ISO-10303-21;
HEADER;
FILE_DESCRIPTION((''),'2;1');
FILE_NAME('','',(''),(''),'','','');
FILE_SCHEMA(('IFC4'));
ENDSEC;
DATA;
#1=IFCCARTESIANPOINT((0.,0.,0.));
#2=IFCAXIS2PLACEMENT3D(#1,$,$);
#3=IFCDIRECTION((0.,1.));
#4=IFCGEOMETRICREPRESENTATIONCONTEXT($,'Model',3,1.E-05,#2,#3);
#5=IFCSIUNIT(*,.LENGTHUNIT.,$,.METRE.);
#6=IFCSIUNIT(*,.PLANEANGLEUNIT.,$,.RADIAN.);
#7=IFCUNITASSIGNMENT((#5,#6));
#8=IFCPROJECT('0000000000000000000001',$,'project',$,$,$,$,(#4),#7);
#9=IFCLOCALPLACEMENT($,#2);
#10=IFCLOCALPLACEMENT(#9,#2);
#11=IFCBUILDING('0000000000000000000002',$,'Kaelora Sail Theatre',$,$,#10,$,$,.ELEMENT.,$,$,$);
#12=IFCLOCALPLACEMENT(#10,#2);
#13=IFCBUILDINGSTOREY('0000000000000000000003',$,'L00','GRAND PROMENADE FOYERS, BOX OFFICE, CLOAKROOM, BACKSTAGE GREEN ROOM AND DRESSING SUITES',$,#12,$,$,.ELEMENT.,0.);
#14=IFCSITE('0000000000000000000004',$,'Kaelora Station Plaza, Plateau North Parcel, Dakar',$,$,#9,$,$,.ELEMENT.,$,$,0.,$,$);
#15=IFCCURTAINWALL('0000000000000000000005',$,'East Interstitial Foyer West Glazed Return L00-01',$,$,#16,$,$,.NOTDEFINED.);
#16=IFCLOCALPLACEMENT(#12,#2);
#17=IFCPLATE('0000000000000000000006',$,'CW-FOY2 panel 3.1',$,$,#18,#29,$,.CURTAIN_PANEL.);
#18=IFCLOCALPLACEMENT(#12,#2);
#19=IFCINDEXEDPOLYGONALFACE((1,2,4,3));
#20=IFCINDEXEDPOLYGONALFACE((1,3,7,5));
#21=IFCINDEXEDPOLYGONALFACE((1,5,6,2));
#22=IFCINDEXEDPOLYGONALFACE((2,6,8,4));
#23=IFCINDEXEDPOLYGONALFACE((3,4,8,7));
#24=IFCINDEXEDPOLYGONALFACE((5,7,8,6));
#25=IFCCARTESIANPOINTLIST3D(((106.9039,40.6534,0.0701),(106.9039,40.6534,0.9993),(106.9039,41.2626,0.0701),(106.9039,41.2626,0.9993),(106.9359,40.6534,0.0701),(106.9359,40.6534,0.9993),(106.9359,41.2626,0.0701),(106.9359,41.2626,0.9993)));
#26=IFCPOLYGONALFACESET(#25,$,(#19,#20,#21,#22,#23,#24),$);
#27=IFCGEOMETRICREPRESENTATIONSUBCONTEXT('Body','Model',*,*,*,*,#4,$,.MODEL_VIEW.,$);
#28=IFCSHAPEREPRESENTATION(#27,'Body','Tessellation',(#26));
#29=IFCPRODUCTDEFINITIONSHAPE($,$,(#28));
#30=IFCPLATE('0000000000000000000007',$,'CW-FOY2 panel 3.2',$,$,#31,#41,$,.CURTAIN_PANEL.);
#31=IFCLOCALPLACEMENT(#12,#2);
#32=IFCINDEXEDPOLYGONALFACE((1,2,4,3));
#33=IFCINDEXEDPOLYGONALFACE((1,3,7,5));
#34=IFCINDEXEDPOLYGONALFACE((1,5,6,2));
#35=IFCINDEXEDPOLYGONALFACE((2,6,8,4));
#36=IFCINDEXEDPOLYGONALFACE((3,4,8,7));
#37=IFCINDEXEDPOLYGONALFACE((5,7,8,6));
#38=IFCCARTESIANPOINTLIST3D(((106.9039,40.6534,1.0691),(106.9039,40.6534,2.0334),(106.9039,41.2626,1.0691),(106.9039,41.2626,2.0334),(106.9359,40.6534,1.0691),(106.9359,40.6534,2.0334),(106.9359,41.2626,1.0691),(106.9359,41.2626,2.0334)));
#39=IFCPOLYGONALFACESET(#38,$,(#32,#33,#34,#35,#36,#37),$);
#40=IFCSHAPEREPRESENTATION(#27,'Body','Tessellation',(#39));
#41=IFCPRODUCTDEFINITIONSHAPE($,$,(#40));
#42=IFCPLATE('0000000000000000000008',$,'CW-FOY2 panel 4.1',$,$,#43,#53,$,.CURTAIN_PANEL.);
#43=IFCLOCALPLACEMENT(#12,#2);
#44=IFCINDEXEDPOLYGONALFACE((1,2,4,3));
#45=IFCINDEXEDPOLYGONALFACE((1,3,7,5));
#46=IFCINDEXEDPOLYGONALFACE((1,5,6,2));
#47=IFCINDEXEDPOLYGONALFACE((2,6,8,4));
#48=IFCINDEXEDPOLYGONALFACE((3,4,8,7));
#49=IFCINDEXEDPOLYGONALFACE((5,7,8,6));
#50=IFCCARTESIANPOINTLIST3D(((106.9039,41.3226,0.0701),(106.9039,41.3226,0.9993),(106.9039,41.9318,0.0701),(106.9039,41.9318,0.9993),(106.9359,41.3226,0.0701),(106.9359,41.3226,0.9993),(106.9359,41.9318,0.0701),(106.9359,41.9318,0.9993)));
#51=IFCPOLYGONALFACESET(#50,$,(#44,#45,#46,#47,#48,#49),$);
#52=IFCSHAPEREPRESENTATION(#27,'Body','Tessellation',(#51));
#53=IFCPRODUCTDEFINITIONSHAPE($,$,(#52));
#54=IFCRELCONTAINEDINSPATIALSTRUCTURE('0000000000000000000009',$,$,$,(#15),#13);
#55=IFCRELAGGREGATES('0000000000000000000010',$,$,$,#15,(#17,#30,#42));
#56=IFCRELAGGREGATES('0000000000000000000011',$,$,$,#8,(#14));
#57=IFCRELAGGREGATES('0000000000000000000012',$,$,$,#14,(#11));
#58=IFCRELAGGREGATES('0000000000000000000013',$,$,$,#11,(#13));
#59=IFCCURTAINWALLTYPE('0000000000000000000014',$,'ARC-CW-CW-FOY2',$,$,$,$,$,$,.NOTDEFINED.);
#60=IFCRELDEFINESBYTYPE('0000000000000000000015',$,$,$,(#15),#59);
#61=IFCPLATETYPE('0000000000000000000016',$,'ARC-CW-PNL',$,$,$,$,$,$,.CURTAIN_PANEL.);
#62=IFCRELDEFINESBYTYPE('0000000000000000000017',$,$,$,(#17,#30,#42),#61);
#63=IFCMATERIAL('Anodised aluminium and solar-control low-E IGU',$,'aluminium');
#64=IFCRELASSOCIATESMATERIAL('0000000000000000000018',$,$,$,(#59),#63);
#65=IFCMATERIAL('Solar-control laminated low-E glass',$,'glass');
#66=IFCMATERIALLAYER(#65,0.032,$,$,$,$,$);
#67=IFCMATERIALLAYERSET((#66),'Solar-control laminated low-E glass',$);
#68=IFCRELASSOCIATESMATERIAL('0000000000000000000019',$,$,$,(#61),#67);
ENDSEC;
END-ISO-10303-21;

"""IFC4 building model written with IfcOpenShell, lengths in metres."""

from ifc_helpers import new_model, si_unit, direction, frame, origin, origin_2d, place, context, subcontext, project, spatial, rectangle, extrude, material, layer, layer_set, type_object, element, aggregate, save


model = new_model("IFC4")

# Units and contexts
model_context = context("Model", 3, precision=1e-05, world=origin(), true_north=direction((0.0, 1.0)))
body_context = subcontext(model_context, "Body", "Model", "MODEL_VIEW")
ifc_project = project(units=[si_unit("LENGTHUNIT", "METRE"), si_unit("PLANEANGLEUNIT", "RADIAN")], contexts=[model_context])

# Site, building, storey
site_placement = place(None, origin())
site = spatial("IfcSite", under=ifc_project, at=site_placement, Name="Kaelora Station Plaza, Plateau North Parcel, Dakar", CompositionType="ELEMENT", RefElevation=0.0)
building_placement = place(site_placement, origin())
building = spatial("IfcBuilding", under=site, at=building_placement, Name="Kaelora Sail Theatre", CompositionType="ELEMENT")
storey_placement = place(building_placement, origin())
storey = spatial("IfcBuildingStorey", under=building, at=storey_placement, Name="L00", Description="GRAND PROMENADE FOYERS, BOX OFFICE, CLOAKROOM, BACKSTAGE GREEN ROOM AND DRESSING SUITES", CompositionType="ELEMENT", Elevation=0.0)

# Curtain wall, plates
ifc_material_1 = material(Name="Anodised aluminium and solar-control low-E IGU", Category="aluminium")
curtain_wall_type = type_object("IfcCurtainWallType", Name="ARC-CW-CW-FOY2", PredefinedType="NOTDEFINED", material=ifc_material_1)
curtain_wall_placement = place(storey_placement, origin())
curtain_wall = element("IfcCurtainWall", 1, at=curtain_wall_placement, inside=storey, type_object=curtain_wall_type, Name="East Interstitial Foyer West Glazed Return L00-01", PredefinedType="NOTDEFINED")
ifc_material_2 = material(Name="Solar-control laminated low-E glass", Category="glass")
ifc_layer = layer(ifc_material_2, 0.032)
ifc_layer_set = layer_set([ifc_layer], Name="Solar-control laminated low-E glass")
plate_type = type_object("IfcPlateType", Name="ARC-CW-PNL", PredefinedType="CURTAIN_PANEL", material=ifc_layer_set)
plate_1_placement = place(storey_placement, frame((106.9199, 40.958, 0.0701), z_axis=(0.0, 0.0, 1.0), x_axis=(0.0, 1.0, 0.0)))
plate_1 = element("IfcPlate", 2, at=plate_1_placement, type_object=plate_type, Name="CW-FOY2 panel 3.1", PredefinedType="CURTAIN_PANEL", context=body_context, shape_type="SweptSolid", body=[
    extrude(rectangle(XDim=0.6091, YDim=0.032, at=origin_2d()), origin(), (0.0, 0.0, 1.0), 0.9292),
])
plate_2_placement = place(storey_placement, frame((106.9199, 40.958, 1.0691), z_axis=(0.0, 0.0, 1.0), x_axis=(0.0, 1.0, 0.0)))
plate_2 = element("IfcPlate", 3, at=plate_2_placement, type_object=plate_type, Name="CW-FOY2 panel 3.2", PredefinedType="CURTAIN_PANEL", context=body_context, shape_type="SweptSolid", body=[
    extrude(rectangle(XDim=0.6091, YDim=0.032, at=origin_2d()), origin(), (0.0, 0.0, 1.0), 0.9644),
])
plate_3_placement = place(storey_placement, frame((106.9199, 41.6272, 0.0701), z_axis=(0.0, 0.0, 1.0), x_axis=(0.0, 1.0, 0.0)))
plate_3 = element("IfcPlate", 4, at=plate_3_placement, type_object=plate_type, Name="CW-FOY2 panel 4.1", PredefinedType="CURTAIN_PANEL", context=body_context, shape_type="SweptSolid", body=[
    extrude(rectangle(XDim=0.6091, YDim=0.032, at=origin_2d()), origin(), (0.0, 0.0, 1.0), 0.9292),
])
aggregate(curtain_wall, [plate_1, plate_2, plate_3])

save(model, "model.ifc")
